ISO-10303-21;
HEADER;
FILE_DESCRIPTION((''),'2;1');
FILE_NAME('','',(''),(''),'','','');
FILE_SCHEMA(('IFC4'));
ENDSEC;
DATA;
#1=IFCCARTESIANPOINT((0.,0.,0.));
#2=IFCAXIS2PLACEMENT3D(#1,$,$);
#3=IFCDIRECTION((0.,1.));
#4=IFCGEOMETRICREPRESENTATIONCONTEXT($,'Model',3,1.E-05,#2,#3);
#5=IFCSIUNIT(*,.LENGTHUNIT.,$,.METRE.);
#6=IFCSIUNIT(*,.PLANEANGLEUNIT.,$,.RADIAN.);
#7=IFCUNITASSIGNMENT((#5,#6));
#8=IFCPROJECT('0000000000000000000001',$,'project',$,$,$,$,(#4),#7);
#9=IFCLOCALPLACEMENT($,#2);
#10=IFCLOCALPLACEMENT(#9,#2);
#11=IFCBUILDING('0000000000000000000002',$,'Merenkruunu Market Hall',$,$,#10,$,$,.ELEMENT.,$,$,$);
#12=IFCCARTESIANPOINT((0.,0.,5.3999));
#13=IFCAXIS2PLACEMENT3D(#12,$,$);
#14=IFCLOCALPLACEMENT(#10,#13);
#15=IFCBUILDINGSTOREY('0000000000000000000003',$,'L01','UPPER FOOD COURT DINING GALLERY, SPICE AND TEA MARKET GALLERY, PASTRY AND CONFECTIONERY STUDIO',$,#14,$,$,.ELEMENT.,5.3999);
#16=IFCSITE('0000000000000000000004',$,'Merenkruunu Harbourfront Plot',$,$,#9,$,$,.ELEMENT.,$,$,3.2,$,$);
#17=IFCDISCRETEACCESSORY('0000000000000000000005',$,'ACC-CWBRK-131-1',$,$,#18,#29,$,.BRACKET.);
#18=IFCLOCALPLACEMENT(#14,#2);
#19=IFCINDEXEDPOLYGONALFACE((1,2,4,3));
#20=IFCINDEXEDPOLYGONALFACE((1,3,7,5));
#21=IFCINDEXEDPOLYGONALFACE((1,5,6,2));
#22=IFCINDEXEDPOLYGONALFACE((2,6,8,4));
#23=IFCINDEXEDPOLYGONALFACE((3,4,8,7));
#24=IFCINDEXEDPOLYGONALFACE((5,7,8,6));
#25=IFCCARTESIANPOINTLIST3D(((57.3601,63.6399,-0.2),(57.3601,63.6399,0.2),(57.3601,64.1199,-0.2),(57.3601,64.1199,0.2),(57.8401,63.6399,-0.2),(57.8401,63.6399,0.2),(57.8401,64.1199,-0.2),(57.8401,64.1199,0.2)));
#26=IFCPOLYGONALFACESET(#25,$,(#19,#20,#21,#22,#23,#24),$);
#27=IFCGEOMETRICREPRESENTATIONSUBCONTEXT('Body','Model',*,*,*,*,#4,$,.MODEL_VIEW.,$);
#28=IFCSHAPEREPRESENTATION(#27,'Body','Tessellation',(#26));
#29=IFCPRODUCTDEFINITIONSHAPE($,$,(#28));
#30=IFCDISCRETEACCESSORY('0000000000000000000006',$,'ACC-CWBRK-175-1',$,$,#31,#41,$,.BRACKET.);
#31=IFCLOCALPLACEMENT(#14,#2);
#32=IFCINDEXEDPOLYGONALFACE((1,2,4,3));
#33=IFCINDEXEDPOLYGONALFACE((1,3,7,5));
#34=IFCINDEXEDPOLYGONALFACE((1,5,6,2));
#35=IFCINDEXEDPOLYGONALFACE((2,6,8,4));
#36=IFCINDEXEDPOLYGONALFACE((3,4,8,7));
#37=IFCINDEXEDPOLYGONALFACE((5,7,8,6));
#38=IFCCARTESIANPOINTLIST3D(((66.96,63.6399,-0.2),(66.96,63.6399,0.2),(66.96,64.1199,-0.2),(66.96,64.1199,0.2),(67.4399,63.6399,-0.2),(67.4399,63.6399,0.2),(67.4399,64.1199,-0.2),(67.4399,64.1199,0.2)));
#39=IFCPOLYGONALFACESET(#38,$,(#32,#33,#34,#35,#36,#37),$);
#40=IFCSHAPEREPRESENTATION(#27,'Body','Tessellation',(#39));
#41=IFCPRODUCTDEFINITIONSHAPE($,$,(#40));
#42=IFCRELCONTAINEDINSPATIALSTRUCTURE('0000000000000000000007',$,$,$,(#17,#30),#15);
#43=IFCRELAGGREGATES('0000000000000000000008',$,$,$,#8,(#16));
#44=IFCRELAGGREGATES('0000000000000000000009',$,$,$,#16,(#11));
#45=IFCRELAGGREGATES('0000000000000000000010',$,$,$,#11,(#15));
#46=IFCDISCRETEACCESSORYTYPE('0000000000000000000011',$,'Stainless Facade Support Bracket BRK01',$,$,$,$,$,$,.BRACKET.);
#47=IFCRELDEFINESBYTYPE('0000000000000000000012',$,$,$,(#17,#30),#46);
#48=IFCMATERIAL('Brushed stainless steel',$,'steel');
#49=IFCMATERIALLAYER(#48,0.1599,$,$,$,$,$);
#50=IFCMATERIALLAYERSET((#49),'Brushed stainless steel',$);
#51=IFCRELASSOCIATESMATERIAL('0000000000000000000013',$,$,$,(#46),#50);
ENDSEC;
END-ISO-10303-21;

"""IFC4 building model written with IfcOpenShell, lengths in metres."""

from ifc_helpers import new_model, si_unit, direction, frame, origin, origin_2d, place, context, subcontext, project, spatial, rectangle, extrude, material, layer, layer_set, type_object, element, save


model = new_model("IFC4")

# Units and contexts
model_context = context("Model", 3, precision=1e-05, world=origin(), true_north=direction((0.0, 1.0)))
body_context = subcontext(model_context, "Body", "Model", "MODEL_VIEW")
ifc_project = project(units=[si_unit("LENGTHUNIT", "METRE"), si_unit("PLANEANGLEUNIT", "RADIAN")], contexts=[model_context])

# Site, building, storey
site_placement = place(None, origin())
site = spatial("IfcSite", under=ifc_project, at=site_placement, Name="Merenkruunu Harbourfront Plot", CompositionType="ELEMENT", RefElevation=3.2)
building_placement = place(site_placement, origin())
building = spatial("IfcBuilding", under=site, at=building_placement, Name="Merenkruunu Market Hall", CompositionType="ELEMENT")
storey_placement = place(building_placement, frame((0.0, 0.0, 5.3999)))
storey = spatial("IfcBuildingStorey", under=building, at=storey_placement, Name="L01", Description="UPPER FOOD COURT DINING GALLERY, SPICE AND TEA MARKET GALLERY, PASTRY AND CONFECTIONERY STUDIO", CompositionType="ELEMENT", Elevation=5.3999)

# Shared definitions
ifc_material_1 = material(Name="Brushed stainless steel", Category="steel")

# Discrete accessories
ifc_layer_1 = layer(ifc_material_1, 0.1599)
ifc_layer_set_1 = layer_set([ifc_layer_1], Name="Brushed stainless steel")
discrete_accessory_type = type_object("IfcDiscreteAccessoryType", Name="Stainless Facade Support Bracket BRK01", PredefinedType="BRACKET", material=ifc_layer_set_1)
for number, where, z_axis, x_axis, name in (
    (1, (57.6001, 63.8799, -0.2), (0.0, 0.0, 1.0), (1.0, 0.0, 0.0), "ACC-CWBRK-131-1"),
    (2, (67.2, 63.8799, -0.2), (0.0, 0.0, 1.0), (1.0, 0.0, 0.0), "ACC-CWBRK-175-1"),
):
    element("IfcDiscreteAccessory", number, at=place(storey_placement, frame(where, z_axis=z_axis, x_axis=x_axis)), inside=storey, type_object=discrete_accessory_type, Name=name, PredefinedType="BRACKET", context=body_context, shape_type="SweptSolid", body=[
        extrude(rectangle(XDim=0.48, YDim=0.48, at=origin_2d()), origin(), (0.0, 0.0, 1.0), 0.3999),
    ])

save(model, "model.ifc")
